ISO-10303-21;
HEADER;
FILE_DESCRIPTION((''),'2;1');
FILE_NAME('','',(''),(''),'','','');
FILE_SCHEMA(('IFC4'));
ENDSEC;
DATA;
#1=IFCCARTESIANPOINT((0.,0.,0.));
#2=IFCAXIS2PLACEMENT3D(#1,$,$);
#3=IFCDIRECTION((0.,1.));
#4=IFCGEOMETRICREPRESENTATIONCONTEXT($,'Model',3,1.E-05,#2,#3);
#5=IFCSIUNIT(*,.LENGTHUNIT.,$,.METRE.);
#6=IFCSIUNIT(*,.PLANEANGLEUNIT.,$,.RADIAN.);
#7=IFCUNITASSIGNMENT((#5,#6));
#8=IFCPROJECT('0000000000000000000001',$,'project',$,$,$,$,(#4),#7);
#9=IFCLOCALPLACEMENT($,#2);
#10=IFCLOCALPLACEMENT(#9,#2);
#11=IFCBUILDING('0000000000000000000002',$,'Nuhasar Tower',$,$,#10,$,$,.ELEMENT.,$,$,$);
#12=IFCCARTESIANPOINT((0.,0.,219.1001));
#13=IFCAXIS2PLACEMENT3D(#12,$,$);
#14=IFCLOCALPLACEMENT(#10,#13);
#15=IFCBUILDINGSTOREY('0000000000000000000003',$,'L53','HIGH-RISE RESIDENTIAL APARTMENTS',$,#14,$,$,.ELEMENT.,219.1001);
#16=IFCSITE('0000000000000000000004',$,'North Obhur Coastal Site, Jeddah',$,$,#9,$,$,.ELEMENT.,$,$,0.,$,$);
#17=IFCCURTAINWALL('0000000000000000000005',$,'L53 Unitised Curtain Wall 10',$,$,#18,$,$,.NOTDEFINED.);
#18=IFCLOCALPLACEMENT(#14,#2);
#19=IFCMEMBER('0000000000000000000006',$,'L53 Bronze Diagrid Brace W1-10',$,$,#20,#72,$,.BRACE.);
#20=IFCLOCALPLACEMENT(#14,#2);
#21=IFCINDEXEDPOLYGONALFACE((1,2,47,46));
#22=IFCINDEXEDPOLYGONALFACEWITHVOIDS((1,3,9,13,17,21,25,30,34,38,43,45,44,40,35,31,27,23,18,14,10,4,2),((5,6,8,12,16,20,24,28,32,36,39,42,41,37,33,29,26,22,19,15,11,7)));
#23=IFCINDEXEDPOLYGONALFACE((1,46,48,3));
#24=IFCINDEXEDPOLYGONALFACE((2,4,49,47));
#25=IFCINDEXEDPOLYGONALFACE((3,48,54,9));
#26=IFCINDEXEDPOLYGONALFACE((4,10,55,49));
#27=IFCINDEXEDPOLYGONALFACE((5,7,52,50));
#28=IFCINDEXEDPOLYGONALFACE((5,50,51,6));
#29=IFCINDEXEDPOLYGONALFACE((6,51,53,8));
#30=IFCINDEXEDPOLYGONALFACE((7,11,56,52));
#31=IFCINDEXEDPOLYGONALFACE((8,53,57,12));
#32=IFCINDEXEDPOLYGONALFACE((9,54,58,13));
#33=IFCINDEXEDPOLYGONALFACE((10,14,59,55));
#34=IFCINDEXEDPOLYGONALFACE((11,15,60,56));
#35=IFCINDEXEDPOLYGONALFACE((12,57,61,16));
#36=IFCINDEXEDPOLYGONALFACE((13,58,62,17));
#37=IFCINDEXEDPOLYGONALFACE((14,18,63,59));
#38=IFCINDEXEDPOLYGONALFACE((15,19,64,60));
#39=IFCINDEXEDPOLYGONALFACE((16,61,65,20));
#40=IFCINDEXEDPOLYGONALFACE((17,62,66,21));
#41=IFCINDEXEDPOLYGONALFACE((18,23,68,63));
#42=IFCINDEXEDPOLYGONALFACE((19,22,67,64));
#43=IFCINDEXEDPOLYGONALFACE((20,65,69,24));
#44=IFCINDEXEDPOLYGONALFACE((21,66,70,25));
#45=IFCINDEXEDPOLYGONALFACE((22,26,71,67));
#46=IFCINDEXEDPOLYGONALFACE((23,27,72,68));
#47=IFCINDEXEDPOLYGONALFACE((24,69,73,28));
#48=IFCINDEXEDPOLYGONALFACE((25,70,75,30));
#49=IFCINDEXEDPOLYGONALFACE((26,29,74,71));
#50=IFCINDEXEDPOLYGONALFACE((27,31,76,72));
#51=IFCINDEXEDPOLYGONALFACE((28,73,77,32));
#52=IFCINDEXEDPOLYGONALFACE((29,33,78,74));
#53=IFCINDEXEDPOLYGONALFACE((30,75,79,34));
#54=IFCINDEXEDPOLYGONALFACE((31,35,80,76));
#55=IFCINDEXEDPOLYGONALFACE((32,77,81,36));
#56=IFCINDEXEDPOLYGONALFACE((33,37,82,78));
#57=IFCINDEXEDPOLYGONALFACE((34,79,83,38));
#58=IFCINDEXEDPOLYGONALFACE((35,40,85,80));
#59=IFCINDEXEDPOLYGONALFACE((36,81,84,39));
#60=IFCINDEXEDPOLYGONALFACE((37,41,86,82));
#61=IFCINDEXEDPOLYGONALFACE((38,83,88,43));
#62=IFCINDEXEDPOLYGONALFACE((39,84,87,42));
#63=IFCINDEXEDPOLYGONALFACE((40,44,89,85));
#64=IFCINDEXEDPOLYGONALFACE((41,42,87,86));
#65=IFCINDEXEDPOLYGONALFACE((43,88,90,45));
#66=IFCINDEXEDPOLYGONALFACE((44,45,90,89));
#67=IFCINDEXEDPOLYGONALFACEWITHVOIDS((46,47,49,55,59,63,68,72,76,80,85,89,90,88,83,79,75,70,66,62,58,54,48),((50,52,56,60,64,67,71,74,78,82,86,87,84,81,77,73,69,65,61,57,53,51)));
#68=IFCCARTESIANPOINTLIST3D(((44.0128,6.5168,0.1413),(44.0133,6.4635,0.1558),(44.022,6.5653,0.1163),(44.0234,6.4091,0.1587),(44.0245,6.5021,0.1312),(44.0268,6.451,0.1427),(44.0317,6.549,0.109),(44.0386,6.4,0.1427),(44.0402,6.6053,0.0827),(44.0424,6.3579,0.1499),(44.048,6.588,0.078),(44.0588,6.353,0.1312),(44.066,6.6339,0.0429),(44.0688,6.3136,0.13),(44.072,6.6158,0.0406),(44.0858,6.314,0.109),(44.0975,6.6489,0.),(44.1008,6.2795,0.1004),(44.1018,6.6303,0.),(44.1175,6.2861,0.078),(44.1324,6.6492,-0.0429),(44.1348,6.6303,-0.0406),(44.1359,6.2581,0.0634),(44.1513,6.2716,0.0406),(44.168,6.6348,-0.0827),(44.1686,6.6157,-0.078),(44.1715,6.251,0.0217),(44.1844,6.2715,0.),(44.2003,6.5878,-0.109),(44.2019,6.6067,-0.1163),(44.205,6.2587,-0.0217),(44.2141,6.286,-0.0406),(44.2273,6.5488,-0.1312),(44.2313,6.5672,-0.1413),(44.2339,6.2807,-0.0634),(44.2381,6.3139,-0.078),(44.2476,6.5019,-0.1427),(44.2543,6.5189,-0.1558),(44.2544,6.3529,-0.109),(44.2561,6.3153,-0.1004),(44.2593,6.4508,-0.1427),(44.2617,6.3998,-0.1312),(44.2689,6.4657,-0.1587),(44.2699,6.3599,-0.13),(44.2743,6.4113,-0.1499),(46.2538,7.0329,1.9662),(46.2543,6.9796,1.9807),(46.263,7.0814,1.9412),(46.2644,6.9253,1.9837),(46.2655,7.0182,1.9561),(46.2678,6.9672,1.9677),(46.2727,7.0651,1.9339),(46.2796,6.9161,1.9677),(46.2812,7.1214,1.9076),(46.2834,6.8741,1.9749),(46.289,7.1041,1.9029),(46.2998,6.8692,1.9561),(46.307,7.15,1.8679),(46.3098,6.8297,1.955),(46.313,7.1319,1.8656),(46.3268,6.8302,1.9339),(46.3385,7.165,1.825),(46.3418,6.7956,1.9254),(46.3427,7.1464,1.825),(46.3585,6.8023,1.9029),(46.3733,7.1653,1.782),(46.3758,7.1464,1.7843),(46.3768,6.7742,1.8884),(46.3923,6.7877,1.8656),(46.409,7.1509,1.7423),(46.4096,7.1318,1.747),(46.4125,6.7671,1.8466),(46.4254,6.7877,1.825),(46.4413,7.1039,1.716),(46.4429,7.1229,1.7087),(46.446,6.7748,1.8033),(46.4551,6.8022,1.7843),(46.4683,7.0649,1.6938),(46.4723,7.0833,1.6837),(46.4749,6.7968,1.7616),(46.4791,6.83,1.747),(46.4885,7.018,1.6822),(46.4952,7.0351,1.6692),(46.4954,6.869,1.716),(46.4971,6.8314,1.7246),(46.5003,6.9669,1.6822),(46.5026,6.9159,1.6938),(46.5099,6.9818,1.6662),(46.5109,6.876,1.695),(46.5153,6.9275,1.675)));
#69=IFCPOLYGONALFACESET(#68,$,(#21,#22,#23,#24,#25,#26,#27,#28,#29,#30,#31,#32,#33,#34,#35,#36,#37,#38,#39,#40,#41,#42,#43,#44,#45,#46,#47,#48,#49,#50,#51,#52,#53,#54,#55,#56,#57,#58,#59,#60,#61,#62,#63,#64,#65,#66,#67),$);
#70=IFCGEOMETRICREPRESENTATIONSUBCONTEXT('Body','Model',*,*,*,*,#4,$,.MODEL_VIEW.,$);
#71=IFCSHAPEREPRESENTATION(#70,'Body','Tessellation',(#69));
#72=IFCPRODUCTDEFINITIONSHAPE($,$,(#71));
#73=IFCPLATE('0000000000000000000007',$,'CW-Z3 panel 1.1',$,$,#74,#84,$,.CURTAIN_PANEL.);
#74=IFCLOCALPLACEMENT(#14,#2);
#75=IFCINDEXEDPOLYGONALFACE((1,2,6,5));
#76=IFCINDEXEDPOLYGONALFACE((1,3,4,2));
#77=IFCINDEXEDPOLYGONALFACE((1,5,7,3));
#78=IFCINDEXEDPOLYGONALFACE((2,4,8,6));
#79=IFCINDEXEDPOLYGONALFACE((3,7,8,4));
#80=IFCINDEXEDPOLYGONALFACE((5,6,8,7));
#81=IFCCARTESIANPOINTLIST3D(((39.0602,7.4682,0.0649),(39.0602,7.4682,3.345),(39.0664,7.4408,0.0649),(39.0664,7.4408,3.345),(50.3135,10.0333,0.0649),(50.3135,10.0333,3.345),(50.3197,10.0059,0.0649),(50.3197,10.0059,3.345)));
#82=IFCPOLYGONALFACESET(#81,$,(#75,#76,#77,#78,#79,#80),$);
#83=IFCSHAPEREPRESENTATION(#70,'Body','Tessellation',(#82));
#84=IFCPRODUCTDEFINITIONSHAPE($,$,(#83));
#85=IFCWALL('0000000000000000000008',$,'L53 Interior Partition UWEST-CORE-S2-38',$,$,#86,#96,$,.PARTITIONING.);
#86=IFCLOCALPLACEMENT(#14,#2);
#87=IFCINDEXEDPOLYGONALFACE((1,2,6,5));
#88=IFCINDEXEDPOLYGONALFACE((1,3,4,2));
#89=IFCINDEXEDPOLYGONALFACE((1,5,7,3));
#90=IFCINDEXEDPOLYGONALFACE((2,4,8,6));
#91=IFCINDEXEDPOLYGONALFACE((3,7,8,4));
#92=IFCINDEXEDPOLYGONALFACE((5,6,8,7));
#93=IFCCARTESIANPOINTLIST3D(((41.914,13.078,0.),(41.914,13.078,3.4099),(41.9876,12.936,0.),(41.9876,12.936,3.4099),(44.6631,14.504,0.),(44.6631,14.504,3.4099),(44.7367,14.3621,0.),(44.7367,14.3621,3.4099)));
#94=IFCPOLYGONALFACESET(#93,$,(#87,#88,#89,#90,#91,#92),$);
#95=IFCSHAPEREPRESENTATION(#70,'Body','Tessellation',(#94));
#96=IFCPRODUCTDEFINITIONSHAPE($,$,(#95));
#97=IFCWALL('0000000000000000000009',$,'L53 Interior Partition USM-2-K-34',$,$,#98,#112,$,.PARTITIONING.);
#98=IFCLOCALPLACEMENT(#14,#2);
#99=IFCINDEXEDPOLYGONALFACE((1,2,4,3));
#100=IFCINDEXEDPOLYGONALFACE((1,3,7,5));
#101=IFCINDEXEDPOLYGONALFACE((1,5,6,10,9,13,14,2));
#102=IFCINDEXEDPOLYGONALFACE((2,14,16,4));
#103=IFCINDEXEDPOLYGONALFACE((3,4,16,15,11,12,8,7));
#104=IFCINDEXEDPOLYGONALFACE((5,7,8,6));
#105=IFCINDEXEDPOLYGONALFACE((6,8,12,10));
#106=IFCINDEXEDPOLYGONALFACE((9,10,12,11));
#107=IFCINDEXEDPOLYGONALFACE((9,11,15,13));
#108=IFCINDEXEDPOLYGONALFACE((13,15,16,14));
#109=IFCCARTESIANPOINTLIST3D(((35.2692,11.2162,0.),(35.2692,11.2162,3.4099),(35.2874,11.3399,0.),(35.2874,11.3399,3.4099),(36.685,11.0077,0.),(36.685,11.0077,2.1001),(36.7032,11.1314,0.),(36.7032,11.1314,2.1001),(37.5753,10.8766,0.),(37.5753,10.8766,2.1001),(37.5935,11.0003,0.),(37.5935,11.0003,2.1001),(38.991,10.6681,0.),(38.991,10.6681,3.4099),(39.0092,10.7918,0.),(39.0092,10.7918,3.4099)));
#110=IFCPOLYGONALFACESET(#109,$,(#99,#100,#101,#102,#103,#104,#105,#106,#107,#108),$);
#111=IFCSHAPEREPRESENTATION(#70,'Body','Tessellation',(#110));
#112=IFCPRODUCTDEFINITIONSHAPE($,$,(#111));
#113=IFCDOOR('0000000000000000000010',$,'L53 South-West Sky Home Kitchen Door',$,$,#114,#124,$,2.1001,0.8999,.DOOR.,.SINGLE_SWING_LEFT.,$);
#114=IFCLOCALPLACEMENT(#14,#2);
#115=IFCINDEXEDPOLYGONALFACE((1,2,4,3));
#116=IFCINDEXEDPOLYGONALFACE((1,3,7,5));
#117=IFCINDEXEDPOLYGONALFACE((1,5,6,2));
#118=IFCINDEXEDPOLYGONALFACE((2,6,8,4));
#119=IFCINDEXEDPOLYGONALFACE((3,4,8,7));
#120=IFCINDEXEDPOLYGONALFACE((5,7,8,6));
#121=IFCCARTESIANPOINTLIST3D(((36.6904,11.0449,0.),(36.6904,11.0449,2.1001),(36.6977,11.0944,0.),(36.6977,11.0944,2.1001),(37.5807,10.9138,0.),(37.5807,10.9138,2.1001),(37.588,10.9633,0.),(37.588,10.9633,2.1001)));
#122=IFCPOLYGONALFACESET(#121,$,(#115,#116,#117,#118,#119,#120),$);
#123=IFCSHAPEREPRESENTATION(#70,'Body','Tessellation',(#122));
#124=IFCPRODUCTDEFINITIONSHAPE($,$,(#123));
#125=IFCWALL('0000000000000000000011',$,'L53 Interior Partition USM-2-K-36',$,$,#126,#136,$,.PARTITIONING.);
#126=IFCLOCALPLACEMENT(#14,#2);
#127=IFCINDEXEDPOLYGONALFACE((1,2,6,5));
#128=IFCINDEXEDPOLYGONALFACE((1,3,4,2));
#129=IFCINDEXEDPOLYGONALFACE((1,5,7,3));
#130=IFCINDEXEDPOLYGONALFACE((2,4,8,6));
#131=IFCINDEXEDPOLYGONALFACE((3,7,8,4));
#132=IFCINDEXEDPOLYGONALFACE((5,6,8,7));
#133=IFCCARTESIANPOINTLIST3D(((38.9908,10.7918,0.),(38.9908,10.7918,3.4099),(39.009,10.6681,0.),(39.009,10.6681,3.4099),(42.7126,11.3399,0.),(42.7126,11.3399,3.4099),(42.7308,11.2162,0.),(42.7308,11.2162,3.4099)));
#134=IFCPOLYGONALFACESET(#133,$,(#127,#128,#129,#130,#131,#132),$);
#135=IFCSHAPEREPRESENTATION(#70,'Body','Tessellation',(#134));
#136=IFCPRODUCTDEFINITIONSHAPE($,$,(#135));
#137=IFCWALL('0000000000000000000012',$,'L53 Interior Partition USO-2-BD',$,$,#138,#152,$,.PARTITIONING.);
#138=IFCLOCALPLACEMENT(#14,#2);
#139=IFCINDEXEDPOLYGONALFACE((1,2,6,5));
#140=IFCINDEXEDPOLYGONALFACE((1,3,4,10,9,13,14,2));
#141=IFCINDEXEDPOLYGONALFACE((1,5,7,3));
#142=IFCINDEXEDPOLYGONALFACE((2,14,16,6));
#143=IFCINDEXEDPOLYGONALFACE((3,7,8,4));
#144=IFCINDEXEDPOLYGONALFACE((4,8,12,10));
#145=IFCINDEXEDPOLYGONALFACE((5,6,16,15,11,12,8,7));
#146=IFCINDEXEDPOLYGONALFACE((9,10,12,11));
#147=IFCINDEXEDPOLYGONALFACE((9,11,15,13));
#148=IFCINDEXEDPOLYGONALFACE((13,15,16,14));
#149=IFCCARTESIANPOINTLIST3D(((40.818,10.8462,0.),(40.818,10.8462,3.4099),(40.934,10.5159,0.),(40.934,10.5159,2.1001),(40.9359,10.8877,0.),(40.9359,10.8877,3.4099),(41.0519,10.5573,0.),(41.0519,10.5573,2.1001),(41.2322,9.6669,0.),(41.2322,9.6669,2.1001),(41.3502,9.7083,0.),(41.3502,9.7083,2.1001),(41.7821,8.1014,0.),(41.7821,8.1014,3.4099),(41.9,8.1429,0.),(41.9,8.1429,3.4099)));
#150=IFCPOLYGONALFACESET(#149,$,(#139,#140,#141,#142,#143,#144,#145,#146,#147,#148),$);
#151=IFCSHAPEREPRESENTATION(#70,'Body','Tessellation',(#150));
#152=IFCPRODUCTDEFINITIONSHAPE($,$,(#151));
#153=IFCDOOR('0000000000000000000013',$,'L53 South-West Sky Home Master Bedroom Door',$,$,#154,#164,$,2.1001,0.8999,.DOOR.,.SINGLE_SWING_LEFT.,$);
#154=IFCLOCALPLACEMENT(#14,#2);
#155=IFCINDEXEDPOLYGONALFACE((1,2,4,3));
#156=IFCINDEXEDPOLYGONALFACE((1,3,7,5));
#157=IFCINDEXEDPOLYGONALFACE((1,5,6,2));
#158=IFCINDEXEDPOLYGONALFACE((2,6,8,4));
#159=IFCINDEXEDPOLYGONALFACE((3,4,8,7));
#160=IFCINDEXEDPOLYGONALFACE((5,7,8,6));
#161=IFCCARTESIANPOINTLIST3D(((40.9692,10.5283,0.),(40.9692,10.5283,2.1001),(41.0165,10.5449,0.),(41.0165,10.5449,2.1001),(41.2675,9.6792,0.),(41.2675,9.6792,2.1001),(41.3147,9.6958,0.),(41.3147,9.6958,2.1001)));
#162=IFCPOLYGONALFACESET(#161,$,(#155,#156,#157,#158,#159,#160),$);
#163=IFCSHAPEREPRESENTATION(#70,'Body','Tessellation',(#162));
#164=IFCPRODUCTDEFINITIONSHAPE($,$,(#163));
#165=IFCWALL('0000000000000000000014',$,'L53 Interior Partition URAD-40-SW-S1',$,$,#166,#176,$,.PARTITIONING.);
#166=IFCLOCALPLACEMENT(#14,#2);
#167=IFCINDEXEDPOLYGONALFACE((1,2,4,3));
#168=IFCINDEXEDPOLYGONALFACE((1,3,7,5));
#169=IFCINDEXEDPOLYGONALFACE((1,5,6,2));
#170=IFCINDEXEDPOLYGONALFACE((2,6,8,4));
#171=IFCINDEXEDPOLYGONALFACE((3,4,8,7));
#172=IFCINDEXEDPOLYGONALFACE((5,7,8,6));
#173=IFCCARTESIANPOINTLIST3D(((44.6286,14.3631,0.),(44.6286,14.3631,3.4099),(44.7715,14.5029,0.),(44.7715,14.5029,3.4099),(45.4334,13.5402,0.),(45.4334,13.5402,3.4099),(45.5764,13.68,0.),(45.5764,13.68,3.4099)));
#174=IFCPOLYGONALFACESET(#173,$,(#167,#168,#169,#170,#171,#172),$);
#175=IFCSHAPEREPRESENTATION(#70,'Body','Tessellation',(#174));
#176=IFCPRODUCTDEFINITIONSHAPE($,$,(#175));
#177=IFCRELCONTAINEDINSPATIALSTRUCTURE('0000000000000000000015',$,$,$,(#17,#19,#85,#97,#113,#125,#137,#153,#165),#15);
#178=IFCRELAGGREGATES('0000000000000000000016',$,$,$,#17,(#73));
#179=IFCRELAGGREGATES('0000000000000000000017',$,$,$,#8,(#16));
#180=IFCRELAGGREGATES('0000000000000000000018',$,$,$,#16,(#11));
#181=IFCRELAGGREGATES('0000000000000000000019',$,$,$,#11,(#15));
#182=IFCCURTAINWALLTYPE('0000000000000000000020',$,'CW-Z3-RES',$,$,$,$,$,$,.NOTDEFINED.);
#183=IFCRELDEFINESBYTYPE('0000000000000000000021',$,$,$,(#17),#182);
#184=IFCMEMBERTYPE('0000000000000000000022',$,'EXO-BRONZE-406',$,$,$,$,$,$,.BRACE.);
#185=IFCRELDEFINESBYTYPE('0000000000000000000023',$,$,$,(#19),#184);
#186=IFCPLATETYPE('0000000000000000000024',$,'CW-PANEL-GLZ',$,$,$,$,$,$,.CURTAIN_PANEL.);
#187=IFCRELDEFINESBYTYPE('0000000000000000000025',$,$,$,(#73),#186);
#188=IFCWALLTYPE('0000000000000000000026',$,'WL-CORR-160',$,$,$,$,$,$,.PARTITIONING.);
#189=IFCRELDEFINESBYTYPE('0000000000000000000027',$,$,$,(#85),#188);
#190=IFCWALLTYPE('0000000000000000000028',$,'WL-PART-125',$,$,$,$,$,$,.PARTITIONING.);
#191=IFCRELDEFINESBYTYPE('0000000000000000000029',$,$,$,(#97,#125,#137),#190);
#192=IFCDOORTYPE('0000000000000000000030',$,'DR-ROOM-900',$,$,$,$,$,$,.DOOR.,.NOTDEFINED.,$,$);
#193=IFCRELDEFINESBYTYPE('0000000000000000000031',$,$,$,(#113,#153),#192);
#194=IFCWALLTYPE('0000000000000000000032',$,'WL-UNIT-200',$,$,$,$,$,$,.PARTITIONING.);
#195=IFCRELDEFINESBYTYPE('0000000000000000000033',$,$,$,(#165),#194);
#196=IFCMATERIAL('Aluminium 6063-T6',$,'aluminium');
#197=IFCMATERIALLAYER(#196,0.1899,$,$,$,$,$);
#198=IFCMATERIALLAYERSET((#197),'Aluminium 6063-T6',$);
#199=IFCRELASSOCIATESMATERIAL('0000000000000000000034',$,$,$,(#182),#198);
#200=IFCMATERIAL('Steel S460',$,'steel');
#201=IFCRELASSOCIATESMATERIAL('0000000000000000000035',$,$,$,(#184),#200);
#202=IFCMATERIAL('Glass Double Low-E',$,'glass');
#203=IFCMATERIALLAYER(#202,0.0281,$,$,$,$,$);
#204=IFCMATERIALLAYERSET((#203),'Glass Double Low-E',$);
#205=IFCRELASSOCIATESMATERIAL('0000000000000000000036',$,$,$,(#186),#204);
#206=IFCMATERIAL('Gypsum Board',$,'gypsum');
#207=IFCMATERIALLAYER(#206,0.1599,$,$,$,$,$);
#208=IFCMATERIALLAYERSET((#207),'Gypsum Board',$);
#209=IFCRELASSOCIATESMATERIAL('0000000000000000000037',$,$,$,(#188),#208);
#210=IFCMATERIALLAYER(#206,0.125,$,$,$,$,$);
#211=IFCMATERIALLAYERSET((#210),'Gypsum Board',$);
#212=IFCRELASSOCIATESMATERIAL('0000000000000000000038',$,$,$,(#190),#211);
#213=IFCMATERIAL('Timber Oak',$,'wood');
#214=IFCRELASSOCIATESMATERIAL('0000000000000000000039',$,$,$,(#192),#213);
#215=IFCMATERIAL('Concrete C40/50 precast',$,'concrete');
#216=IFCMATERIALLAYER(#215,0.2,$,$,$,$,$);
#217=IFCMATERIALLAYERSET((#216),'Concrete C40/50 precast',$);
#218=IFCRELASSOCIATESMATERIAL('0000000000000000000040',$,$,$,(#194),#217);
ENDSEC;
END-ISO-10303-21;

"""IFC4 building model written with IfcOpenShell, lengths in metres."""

from ifc_helpers import new_model, si_unit, direction, frame, frame_2d, origin, origin_2d, place, context, subcontext, project, spatial, rectangle, hollow_circle, extrude, material, layer, layer_set, material_profile, profile_set, type_object, element, fill, aggregate, save


model = new_model("IFC4")

# Units and contexts
model_context = context("Model", 3, precision=1e-05, world=origin(), true_north=direction((0.0, 1.0)))
body_context = subcontext(model_context, "Body", "Model", "MODEL_VIEW")
ifc_project = project(units=[si_unit("LENGTHUNIT", "METRE"), si_unit("PLANEANGLEUNIT", "RADIAN")], contexts=[model_context])

# Site, building, storey
site_placement = place(None, origin())
site = spatial("IfcSite", under=ifc_project, at=site_placement, Name="North Obhur Coastal Site, Jeddah", CompositionType="ELEMENT", RefElevation=0.0)
building_placement = place(site_placement, origin())
building = spatial("IfcBuilding", under=site, at=building_placement, Name="Nuhasar Tower", CompositionType="ELEMENT")
storey_placement = place(building_placement, frame((0.0, 0.0, 219.1001)))
storey = spatial("IfcBuildingStorey", under=building, at=storey_placement, Name="L53", Description="HIGH-RISE RESIDENTIAL APARTMENTS", CompositionType="ELEMENT", Elevation=219.1001)

# Shared definitions
ifc_material_1 = material(Name="Aluminium 6063-T6", Category="aluminium")
ifc_layer_1 = layer(ifc_material_1, 0.1899)
ifc_layer_set_1 = layer_set([ifc_layer_1], Name="Aluminium 6063-T6")
curtain_wall_type = type_object("IfcCurtainWallType", Name="CW-Z3-RES", PredefinedType="NOTDEFINED", material=ifc_layer_set_1)

# Curtain wall
curtain_wall_1_placement = place(storey_placement, origin())
curtain_wall_1 = element("IfcCurtainWall", 1, at=curtain_wall_1_placement, inside=storey, type_object=curtain_wall_type, Name="L53 Unitised Curtain Wall 10", PredefinedType="NOTDEFINED")

# Member
ifc_material_2 = material(Name="Steel S460", Category="steel")
ifc_material_profile_1 = material_profile(ifc_material_2, hollow_circle(Radius=0.2031, WallThickness=0.019, at=origin_2d()), Name="HSS406.4X19.1")
ifc_profile_set_1 = profile_set([ifc_material_profile_1], Name="Steel S460")
member_type_1 = type_object("IfcMemberType", Name="EXO-BRONZE-406", PredefinedType="BRACE", material=ifc_profile_set_1)
member_1_placement = place(storey_placement, frame((44.1431, 6.4509, 0.0), z_axis=(0.763332, 0.175802, 0.621626), x_axis=(-0.224433, 0.97449, 0.0)))
element("IfcMember", 2, at=member_1_placement, inside=storey, type_object=member_type_1, Name="L53 Bronze Diagrid Brace W1-10", PredefinedType="BRACE", context=body_context, shape_type="SweptSolid", body=[
    extrude(hollow_circle(Radius=0.2031, WallThickness=0.019, at=origin_2d()), origin(), (0.0, 0.0, 1.0), 2.9358),
])

# Plate
ifc_material_3 = material(Name="Glass Double Low-E", Category="glass")
ifc_layer_2 = layer(ifc_material_3, 0.0281)
ifc_layer_set_2 = layer_set([ifc_layer_2], Name="Glass Double Low-E")
plate_type = type_object("IfcPlateType", Name="CW-PANEL-GLZ", PredefinedType="CURTAIN_PANEL", material=ifc_layer_set_2)
plate_placement = place(storey_placement, frame((44.6899, 8.7371, 0.0649), z_axis=(0.0, 0.0, 1.0), x_axis=(0.974991, 0.222243, 0.0)))
plate = element("IfcPlate", 3, at=plate_placement, type_object=plate_type, Name="CW-Z3 panel 1.1", PredefinedType="CURTAIN_PANEL", context=body_context, shape_type="SweptSolid", body=[
    extrude(rectangle(XDim=11.542, YDim=0.0281, at=origin_2d()), origin(), (0.0, 0.0, 1.0), 3.28),
])
aggregate(curtain_wall_1, [plate])

# Wall
ifc_material_4 = material(Name="Gypsum Board", Category="gypsum")
ifc_layer_3 = layer(ifc_material_4, 0.1599)
ifc_layer_set_3 = layer_set([ifc_layer_3], Name="Gypsum Board")
wall_type_1 = type_object("IfcWallType", Name="WL-CORR-160", PredefinedType="PARTITIONING", material=ifc_layer_set_3)
wall_1_placement = place(storey_placement, frame((41.9509, 13.0071, 0.0), z_axis=(0.0, 0.0, 1.0), x_axis=(0.887675, 0.460471, 0.0)))
element("IfcWall", 4, at=wall_1_placement, inside=storey, type_object=wall_type_1, Name="L53 Interior Partition UWEST-CORE-S2-38", PredefinedType="PARTITIONING", context=body_context, shape_type="SweptSolid", body=[
    extrude(rectangle(XDim=3.0969, YDim=0.1599, at=frame_2d((1.5483, 0.0))), origin(), (0.0, 0.0, 1.0), 3.4099),
])

# Wall, opening, door
ifc_layer_4 = layer(ifc_material_4, 0.125)
ifc_layer_set_4 = layer_set([ifc_layer_4], Name="Gypsum Board")
wall_type_2 = type_object("IfcWallType", Name="WL-PART-125", PredefinedType="PARTITIONING", material=ifc_layer_set_4)
wall_2_placement = place(storey_placement, frame((39.0, 10.73, 0.0), z_axis=(0.0, 0.0, 1.0), x_axis=(-0.98933, 0.14569, 0.0)))
wall_2 = element("IfcWall", 5, at=wall_2_placement, inside=storey, type_object=wall_type_2, Name="L53 Interior Partition USM-2-K-34", PredefinedType="PARTITIONING", context=body_context, shape_type="SweptSolid", body=[
    extrude(rectangle(XDim=3.762, YDim=0.125, at=frame_2d((1.8809, 0.0))), origin(), (0.0, 0.0, 1.0), 3.4099),
])
opening_1_placement = place(wall_2_placement, frame((1.4309, 0.0, 0.0)))
opening_1 = element("IfcOpeningElement", 6, at=opening_1_placement, cuts=wall_2, PredefinedType="OPENING", context=body_context, shape_type="SweptSolid", body=[
    extrude(rectangle(XDim=0.8999, YDim=2.1001, at=frame_2d((0.45, 1.05))), frame((0.0, 0.0725, 0.0), z_axis=(0.0, -1.0, 0.0), x_axis=(1.0, 0.0, 0.0)), (0.0, 0.0, 1.0), 0.145),
])
ifc_material_5 = material(Name="Timber Oak", Category="wood")
door_type_1 = type_object("IfcDoorType", Name="DR-ROOM-900", OperationType="NOTDEFINED", PredefinedType="DOOR", material=ifc_material_5)
door_1_placement = place(opening_1_placement, origin())
door_1 = element("IfcDoor", 7, at=door_1_placement, inside=storey, type_object=door_type_1, Name="L53 South-West Sky Home Kitchen Door", OperationType="SINGLE_SWING_LEFT", OverallHeight=2.1001, OverallWidth=0.8999, PredefinedType="DOOR", context=body_context, shape_type="SweptSolid", body=[
    extrude(rectangle(XDim=0.8999, YDim=2.1001, at=frame_2d((0.45, 1.05))), frame((0.0, 0.0249, 0.0), z_axis=(0.0, -1.0, 0.0), x_axis=(1.0, 0.0, 0.0)), (0.0, 0.0, 1.0), 0.05),
])
fill(opening_1, door_1)

# Wall
wall_3_placement = place(storey_placement, frame((39.0, 10.73, 0.0), z_axis=(0.0, 0.0, 1.0), x_axis=(0.98933, 0.14569, 0.0)))
element("IfcWall", 8, at=wall_3_placement, inside=storey, type_object=wall_type_2, Name="L53 Interior Partition USM-2-K-36", PredefinedType="PARTITIONING", context=body_context, shape_type="SweptSolid", body=[
    extrude(rectangle(XDim=3.762, YDim=0.125, at=frame_2d((1.8809, 0.0))), origin(), (0.0, 0.0, 1.0), 3.4099),
])

# Wall, opening, door
wall_4_placement = place(storey_placement, frame((40.877, 10.8669, 0.0), z_axis=(0.0, 0.0, 1.0), x_axis=(0.331393, -0.943493, 0.0)))
wall_4 = element("IfcWall", 9, at=wall_4_placement, inside=storey, type_object=wall_type_2, Name="L53 Interior Partition USO-2-BD", PredefinedType="PARTITIONING", context=body_context, shape_type="SweptSolid", body=[
    extrude(rectangle(XDim=2.9092, YDim=0.125, at=frame_2d((1.4546, 0.0))), origin(), (0.0, 0.0, 1.0), 3.4099),
])
opening_2_placement = place(wall_4_placement, frame((0.3501, 0.0, 0.0)))
opening_2 = element("IfcOpeningElement", 10, at=opening_2_placement, cuts=wall_4, PredefinedType="OPENING", context=body_context, shape_type="SweptSolid", body=[
    extrude(rectangle(XDim=0.8999, YDim=2.1001, at=frame_2d((0.45, 1.05))), frame((0.0, 0.0725, 0.0), z_axis=(0.0, -1.0, 0.0), x_axis=(1.0, 0.0, 0.0)), (0.0, 0.0, 1.0), 0.145),
])
door_2_placement = place(opening_2_placement, origin())
door_2 = element("IfcDoor", 11, at=door_2_placement, inside=storey, type_object=door_type_1, Name="L53 South-West Sky Home Master Bedroom Door", OperationType="SINGLE_SWING_LEFT", OverallHeight=2.1001, OverallWidth=0.8999, PredefinedType="DOOR", context=body_context, shape_type="SweptSolid", body=[
    extrude(rectangle(XDim=0.8999, YDim=2.1001, at=frame_2d((0.45, 1.05))), frame((0.0, 0.0249, 0.0), z_axis=(0.0, -1.0, 0.0), x_axis=(1.0, 0.0, 0.0)), (0.0, 0.0, 1.0), 0.05),
])
fill(opening_2, door_2)

# Wall
ifc_material_6 = material(Name="Concrete C40/50 precast", Category="concrete")
ifc_layer_5 = layer(ifc_material_6, 0.2)
ifc_layer_set_5 = layer_set([ifc_layer_5], Name="Concrete C40/50 precast")
wall_type_3 = type_object("IfcWallType", Name="WL-UNIT-200", PredefinedType="PARTITIONING", material=ifc_layer_set_5)
wall_5_placement = place(storey_placement, frame((44.7, 14.4331, 0.0), z_axis=(0.0, 0.0, 1.0), x_axis=(0.699216, -0.71491, 0.0)))
element("IfcWall", 12, at=wall_5_placement, inside=storey, type_object=wall_type_3, Name="L53 Interior Partition URAD-40-SW-S1", PredefinedType="PARTITIONING", context=body_context, shape_type="SweptSolid", body=[
    extrude(rectangle(XDim=1.1511, YDim=0.2, at=frame_2d((0.5757, 0.0))), origin(), (0.0, 0.0, 1.0), 3.4099),
])

save(model, "model.ifc")
